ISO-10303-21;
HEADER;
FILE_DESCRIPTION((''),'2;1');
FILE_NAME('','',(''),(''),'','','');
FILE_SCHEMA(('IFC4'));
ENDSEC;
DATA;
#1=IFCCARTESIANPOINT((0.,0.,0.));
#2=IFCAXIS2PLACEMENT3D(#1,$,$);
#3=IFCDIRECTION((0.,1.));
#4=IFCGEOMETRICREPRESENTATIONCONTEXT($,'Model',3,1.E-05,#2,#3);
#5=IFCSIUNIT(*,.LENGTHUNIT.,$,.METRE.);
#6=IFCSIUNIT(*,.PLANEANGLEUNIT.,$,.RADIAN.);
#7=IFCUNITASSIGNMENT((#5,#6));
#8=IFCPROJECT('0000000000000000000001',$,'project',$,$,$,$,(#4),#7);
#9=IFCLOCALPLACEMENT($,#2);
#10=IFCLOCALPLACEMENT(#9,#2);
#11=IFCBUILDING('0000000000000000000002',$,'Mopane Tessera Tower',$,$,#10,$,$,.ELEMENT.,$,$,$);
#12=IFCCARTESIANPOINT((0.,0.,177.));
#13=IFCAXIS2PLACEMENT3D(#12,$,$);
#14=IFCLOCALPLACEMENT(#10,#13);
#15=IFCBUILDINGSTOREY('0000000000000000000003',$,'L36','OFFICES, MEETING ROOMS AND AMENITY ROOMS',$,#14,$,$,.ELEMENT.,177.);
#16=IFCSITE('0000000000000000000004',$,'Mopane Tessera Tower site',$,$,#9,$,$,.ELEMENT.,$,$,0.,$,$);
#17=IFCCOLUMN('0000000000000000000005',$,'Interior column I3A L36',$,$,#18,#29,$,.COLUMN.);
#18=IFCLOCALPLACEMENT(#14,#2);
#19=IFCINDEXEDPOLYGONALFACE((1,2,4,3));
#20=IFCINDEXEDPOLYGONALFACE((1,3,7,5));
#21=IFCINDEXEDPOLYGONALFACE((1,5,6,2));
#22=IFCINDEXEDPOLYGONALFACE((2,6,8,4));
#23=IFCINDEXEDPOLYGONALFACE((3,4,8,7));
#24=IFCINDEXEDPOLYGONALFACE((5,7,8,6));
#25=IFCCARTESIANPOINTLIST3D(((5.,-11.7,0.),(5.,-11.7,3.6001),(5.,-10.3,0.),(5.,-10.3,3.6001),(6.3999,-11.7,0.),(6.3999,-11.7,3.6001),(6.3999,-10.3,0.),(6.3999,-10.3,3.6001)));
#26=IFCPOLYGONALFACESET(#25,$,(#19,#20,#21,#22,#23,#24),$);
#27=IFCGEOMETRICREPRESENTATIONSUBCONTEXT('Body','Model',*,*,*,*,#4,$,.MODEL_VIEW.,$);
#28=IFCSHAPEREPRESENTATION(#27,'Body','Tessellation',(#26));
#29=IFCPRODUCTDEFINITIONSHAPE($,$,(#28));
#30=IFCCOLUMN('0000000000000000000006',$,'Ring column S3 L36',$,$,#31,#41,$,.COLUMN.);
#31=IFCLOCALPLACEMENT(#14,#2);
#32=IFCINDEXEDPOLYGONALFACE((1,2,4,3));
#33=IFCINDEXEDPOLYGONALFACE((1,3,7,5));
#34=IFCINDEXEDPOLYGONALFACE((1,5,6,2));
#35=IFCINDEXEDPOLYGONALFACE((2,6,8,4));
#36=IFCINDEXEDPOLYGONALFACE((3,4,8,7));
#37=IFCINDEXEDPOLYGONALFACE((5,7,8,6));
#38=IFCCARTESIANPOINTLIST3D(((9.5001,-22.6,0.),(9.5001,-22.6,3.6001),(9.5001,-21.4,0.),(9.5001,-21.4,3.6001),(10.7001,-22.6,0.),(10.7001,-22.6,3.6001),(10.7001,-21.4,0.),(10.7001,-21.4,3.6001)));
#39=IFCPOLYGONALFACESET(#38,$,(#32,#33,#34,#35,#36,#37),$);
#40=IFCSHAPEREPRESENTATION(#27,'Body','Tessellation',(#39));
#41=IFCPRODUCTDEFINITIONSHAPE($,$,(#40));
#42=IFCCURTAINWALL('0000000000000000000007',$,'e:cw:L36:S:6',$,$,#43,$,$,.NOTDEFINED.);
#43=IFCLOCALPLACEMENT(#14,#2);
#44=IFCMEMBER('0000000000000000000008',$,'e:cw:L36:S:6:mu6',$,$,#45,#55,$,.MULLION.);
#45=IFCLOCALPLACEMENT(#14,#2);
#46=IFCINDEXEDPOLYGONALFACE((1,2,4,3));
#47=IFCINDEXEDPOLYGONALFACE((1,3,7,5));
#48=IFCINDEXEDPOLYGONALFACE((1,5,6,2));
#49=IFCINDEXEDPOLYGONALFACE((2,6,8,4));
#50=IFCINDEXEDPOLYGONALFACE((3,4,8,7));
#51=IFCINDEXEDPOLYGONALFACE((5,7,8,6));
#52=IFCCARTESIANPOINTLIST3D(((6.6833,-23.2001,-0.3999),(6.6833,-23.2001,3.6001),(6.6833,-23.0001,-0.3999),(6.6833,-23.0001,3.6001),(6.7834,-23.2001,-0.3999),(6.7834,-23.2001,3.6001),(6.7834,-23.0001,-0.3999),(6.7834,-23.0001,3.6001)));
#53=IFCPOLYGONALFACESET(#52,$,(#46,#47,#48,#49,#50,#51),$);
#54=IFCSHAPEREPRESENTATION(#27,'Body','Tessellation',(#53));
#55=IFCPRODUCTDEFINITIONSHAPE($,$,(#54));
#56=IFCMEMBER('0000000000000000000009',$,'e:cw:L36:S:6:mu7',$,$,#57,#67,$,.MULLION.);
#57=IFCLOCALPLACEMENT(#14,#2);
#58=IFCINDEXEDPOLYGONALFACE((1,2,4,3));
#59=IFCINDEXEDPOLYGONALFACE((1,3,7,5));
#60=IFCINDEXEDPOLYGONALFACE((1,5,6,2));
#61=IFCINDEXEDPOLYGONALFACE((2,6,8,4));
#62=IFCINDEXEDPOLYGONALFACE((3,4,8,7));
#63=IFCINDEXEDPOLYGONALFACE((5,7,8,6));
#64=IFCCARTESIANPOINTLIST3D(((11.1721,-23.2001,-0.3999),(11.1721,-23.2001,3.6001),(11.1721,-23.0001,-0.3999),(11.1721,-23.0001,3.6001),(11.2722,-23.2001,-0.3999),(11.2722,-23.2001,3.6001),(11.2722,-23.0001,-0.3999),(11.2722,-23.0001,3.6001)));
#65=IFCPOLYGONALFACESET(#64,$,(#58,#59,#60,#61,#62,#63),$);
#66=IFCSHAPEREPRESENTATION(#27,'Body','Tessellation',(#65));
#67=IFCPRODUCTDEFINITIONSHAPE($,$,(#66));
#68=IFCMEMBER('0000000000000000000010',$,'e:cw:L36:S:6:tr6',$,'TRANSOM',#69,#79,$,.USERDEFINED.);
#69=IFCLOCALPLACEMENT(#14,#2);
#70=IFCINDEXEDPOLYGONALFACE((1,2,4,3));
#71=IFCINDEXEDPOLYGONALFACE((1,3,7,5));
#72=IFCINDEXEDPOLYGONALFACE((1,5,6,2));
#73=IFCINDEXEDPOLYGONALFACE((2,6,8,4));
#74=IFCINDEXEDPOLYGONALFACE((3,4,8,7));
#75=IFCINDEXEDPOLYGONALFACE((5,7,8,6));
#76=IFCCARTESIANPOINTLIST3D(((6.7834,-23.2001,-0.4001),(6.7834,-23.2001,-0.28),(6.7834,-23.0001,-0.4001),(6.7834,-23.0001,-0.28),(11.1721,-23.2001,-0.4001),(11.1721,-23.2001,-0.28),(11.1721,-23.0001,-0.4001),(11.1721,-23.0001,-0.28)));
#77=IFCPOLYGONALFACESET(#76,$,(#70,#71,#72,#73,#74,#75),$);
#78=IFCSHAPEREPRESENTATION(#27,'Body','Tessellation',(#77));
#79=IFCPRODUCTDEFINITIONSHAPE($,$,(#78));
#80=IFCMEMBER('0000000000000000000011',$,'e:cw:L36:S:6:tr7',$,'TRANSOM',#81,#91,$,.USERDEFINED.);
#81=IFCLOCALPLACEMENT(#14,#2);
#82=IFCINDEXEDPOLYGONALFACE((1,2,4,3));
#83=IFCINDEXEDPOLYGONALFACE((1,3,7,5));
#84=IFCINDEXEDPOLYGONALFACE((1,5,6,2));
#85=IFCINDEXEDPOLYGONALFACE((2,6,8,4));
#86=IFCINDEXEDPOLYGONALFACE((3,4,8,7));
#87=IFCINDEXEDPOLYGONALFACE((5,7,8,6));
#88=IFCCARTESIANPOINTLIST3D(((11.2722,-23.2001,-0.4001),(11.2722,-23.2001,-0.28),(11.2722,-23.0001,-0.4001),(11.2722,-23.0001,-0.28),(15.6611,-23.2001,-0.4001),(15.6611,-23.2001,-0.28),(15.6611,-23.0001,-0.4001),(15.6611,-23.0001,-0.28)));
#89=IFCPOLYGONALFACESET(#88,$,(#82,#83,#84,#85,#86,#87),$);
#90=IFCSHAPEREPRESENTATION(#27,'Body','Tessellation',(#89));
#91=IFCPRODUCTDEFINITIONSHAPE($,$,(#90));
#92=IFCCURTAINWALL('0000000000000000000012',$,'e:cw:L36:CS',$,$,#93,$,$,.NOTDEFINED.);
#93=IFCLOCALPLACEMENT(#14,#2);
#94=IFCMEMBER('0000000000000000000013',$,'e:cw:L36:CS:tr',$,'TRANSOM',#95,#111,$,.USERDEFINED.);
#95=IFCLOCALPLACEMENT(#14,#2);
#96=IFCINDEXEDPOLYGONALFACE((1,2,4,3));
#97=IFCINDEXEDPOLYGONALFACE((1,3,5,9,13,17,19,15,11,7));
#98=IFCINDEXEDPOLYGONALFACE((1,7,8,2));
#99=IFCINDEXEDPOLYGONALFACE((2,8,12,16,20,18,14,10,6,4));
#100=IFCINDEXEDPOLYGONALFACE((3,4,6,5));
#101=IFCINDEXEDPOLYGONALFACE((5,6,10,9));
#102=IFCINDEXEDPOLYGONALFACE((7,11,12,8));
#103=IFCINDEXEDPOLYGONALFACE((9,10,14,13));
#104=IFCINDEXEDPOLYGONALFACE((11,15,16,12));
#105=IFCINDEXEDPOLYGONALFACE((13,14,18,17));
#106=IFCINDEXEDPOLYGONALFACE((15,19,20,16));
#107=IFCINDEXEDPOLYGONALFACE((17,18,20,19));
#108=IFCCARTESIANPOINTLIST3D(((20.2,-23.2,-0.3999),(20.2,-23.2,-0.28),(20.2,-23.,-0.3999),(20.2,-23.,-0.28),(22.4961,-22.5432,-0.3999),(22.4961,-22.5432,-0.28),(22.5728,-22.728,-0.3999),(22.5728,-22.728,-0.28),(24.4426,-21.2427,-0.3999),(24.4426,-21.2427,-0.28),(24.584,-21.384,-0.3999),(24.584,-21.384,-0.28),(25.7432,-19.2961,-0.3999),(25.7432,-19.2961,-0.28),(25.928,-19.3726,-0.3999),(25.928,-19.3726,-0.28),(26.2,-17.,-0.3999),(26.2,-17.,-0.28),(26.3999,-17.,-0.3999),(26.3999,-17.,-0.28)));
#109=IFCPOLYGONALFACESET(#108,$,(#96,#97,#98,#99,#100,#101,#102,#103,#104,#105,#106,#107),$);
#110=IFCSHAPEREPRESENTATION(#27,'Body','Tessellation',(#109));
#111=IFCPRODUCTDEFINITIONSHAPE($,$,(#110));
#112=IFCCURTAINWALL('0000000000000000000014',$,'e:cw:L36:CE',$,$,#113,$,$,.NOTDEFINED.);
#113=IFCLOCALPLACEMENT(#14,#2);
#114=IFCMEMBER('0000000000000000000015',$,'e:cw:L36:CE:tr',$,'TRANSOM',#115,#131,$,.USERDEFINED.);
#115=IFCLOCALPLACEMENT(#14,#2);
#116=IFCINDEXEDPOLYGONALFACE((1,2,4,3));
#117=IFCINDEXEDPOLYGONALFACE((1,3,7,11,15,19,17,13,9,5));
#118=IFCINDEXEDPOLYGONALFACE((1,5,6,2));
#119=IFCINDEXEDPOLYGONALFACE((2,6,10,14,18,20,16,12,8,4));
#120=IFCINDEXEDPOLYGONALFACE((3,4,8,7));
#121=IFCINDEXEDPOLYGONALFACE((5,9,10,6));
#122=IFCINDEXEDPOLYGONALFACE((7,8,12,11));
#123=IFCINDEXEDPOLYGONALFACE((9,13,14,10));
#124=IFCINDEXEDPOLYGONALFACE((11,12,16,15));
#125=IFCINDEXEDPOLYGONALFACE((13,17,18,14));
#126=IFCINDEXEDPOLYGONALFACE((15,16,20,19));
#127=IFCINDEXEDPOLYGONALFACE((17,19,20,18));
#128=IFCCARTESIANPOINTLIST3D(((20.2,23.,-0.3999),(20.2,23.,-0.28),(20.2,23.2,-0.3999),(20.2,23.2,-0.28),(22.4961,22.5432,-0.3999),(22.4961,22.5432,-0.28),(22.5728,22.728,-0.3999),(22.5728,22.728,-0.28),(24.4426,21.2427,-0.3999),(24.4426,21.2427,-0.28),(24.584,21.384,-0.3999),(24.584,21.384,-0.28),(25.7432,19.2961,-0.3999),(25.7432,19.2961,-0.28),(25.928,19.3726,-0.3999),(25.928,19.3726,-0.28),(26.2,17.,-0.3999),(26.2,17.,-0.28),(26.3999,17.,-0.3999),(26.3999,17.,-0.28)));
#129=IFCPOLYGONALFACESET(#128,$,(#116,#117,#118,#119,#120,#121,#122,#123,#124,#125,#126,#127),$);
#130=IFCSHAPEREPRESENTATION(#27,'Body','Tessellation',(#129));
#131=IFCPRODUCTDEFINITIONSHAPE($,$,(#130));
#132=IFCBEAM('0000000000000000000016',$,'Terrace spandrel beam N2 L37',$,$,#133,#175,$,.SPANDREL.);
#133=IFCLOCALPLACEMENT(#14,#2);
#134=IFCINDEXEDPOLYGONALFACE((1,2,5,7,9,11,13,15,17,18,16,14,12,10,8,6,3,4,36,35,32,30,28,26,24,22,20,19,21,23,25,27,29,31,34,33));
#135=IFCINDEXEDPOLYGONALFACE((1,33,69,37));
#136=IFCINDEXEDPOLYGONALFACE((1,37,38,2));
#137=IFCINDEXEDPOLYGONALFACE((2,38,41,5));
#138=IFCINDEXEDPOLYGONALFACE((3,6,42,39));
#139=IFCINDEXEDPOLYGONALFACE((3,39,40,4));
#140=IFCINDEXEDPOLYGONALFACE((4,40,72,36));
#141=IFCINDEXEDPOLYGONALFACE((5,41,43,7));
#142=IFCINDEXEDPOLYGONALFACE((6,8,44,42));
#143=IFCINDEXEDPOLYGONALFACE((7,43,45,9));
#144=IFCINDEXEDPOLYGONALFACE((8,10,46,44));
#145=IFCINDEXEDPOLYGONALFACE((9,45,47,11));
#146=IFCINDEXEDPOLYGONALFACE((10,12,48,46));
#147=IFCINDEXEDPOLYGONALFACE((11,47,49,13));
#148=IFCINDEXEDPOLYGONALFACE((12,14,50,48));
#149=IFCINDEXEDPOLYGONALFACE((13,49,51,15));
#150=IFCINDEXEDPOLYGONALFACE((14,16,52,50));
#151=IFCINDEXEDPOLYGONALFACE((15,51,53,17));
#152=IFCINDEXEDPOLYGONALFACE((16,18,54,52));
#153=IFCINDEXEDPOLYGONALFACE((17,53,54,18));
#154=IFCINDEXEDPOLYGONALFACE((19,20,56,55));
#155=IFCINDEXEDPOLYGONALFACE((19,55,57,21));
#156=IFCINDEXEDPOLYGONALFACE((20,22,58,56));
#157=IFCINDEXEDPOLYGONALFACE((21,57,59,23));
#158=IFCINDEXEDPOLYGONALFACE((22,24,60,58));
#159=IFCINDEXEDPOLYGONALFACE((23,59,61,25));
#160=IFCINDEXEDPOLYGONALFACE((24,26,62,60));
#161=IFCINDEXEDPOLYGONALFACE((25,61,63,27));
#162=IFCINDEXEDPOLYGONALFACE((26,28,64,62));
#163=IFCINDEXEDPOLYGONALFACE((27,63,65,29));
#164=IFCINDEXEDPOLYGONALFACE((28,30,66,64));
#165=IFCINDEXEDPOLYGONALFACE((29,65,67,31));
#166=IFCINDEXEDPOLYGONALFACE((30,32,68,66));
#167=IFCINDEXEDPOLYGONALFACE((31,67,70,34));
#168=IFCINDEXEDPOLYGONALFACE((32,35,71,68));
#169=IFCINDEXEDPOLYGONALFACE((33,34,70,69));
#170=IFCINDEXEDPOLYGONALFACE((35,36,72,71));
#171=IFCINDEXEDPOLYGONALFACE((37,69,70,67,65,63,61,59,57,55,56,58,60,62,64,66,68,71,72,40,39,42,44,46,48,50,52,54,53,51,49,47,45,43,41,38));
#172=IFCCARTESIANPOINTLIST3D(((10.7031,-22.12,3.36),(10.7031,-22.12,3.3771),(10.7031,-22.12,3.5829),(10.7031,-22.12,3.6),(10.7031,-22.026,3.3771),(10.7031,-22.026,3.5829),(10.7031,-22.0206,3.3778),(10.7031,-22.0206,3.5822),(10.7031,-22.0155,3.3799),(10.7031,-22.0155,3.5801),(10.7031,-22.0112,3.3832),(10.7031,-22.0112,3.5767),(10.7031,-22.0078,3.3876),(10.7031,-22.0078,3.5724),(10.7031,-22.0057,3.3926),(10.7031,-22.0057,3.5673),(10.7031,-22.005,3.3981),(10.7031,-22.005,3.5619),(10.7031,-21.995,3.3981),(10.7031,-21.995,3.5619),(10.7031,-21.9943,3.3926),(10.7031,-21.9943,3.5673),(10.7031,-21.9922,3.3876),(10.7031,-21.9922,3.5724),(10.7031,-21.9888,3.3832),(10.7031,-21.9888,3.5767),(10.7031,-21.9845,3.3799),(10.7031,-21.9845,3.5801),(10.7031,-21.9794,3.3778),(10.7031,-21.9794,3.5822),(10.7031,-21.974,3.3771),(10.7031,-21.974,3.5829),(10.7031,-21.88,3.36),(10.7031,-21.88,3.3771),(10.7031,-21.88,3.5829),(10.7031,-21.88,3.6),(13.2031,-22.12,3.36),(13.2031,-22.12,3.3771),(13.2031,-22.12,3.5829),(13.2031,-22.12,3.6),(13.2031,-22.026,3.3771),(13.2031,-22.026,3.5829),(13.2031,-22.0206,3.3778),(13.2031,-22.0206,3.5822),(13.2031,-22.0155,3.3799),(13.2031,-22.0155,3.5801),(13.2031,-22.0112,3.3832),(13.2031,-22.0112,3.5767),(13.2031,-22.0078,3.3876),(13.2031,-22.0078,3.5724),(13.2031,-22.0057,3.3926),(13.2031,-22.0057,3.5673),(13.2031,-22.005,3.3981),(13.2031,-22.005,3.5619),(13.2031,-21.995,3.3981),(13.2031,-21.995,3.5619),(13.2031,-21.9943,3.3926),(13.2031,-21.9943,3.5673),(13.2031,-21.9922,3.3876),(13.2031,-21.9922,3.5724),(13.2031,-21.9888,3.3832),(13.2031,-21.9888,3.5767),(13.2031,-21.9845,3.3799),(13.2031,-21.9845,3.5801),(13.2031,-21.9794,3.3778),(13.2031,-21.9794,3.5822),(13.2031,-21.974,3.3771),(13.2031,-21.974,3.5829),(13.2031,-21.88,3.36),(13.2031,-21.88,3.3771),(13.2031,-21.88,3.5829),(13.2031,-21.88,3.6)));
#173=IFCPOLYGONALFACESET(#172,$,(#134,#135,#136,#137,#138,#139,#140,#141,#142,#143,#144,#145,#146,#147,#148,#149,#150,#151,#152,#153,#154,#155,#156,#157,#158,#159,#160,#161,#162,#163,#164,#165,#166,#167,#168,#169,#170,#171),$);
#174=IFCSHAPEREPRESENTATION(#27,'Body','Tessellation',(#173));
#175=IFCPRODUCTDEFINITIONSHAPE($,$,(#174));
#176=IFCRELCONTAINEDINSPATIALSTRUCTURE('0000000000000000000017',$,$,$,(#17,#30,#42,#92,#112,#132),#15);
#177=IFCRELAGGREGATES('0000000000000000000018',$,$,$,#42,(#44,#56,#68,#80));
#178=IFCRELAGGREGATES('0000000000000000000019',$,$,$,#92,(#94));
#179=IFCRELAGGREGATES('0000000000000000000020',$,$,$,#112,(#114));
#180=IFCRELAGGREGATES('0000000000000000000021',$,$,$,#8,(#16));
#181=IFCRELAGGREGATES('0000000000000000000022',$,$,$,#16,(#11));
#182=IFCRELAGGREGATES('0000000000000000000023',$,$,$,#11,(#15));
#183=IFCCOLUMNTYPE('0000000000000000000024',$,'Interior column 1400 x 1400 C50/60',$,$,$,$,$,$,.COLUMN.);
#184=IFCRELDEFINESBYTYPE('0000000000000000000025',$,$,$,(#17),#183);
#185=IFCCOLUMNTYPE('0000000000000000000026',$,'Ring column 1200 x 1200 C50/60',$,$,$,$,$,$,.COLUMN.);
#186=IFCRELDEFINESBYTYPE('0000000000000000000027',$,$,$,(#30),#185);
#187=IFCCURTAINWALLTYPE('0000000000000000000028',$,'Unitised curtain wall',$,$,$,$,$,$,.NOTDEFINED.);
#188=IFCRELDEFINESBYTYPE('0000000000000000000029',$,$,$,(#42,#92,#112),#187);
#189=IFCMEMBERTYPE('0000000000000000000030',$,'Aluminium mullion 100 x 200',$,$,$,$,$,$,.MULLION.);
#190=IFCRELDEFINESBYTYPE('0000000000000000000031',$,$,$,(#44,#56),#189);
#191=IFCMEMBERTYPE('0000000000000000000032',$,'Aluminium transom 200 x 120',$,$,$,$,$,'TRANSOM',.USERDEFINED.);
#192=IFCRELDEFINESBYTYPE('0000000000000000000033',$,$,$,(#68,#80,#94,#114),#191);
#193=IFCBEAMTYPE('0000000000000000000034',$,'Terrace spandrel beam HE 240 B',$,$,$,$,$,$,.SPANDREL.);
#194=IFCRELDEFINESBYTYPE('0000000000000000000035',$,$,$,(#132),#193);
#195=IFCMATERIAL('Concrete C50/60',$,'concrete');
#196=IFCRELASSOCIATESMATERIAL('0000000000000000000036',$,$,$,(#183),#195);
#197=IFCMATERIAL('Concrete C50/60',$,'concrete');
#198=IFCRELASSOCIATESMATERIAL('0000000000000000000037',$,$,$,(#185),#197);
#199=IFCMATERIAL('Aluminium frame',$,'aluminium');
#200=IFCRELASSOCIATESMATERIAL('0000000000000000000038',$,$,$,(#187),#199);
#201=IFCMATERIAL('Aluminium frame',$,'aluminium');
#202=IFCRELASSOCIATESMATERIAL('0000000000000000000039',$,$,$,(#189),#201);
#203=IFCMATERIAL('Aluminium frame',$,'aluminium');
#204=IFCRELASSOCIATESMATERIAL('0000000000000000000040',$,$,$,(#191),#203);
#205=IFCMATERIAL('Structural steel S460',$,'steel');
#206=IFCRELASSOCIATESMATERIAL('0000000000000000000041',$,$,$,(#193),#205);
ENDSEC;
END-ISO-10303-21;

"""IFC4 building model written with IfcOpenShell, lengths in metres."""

from ifc_helpers import new_model, si_unit, direction, frame, origin, origin_2d, place, context, subcontext, project, spatial, polyline, rectangle, i_section, outline, extrude, material, material_profile, profile_set, type_object, element, aggregate, save


model = new_model("IFC4")

# Units and contexts
model_context = context("Model", 3, precision=1e-05, world=origin(), true_north=direction((0.0, 1.0)))
body_context = subcontext(model_context, "Body", "Model", "MODEL_VIEW")
ifc_project = project(units=[si_unit("LENGTHUNIT", "METRE"), si_unit("PLANEANGLEUNIT", "RADIAN")], contexts=[model_context])

# Site, building, storey
site_placement = place(None, origin())
site = spatial("IfcSite", under=ifc_project, at=site_placement, Name="Mopane Tessera Tower site", CompositionType="ELEMENT", RefElevation=0.0)
building_placement = place(site_placement, origin())
building = spatial("IfcBuilding", under=site, at=building_placement, Name="Mopane Tessera Tower", CompositionType="ELEMENT")
storey_placement = place(building_placement, frame((0.0, 0.0, 177.0)))
storey = spatial("IfcBuildingStorey", under=building, at=storey_placement, Name="L36", Description="OFFICES, MEETING ROOMS AND AMENITY ROOMS", CompositionType="ELEMENT", Elevation=177.0)

# Columns
ifc_material_1 = material(Name="Concrete C50/60", Category="concrete")
ifc_material_profile_1 = material_profile(ifc_material_1, rectangle(XDim=1.3999, YDim=1.3999, at=origin_2d()))
ifc_profile_set_1 = profile_set([ifc_material_profile_1], Name="Concrete C50/60")
column_type_1 = type_object("IfcColumnType", Name="Interior column 1400 x 1400 C50/60", PredefinedType="COLUMN", material=ifc_profile_set_1)
column_1_placement = place(storey_placement, frame((5.7, -11.0, 0.0), z_axis=(0.0, 0.0, 1.0), x_axis=(1.0, 0.0, 0.0)))
element("IfcColumn", 1, at=column_1_placement, inside=storey, type_object=column_type_1, Name="Interior column I3A L36", PredefinedType="COLUMN", context=body_context, shape_type="SweptSolid", body=[
    extrude(rectangle(XDim=1.3999, YDim=1.3999, at=origin_2d()), origin(), (0.0, 0.0, 1.0), 3.6001),
])
ifc_material_2 = material(Name="Concrete C50/60", Category="concrete")
ifc_material_profile_2 = material_profile(ifc_material_2, rectangle(XDim=1.2, YDim=1.2, at=origin_2d()))
ifc_profile_set_2 = profile_set([ifc_material_profile_2], Name="Concrete C50/60")
column_type_2 = type_object("IfcColumnType", Name="Ring column 1200 x 1200 C50/60", PredefinedType="COLUMN", material=ifc_profile_set_2)
column_2_placement = place(storey_placement, frame((10.1001, -22.0, 0.0), z_axis=(0.0, 0.0, 1.0), x_axis=(1.0, 0.0, 0.0)))
element("IfcColumn", 2, at=column_2_placement, inside=storey, type_object=column_type_2, Name="Ring column S3 L36", PredefinedType="COLUMN", context=body_context, shape_type="SweptSolid", body=[
    extrude(rectangle(XDim=1.2, YDim=1.2, at=origin_2d()), origin(), (0.0, 0.0, 1.0), 3.6001),
])

# Curtain wall, members
ifc_material_3 = material(Name="Aluminium frame", Category="aluminium")
curtain_wall_type = type_object("IfcCurtainWallType", Name="Unitised curtain wall", PredefinedType="NOTDEFINED", material=ifc_material_3)
curtain_wall_1_placement = place(storey_placement, origin())
curtain_wall_1 = element("IfcCurtainWall", 3, at=curtain_wall_1_placement, inside=storey, type_object=curtain_wall_type, Name="e:cw:L36:S:6", PredefinedType="NOTDEFINED")
ifc_material_4 = material(Name="Aluminium frame", Category="aluminium")
ifc_material_profile_3 = material_profile(ifc_material_4, rectangle(XDim=0.1001, YDim=0.2, at=origin_2d()))
ifc_profile_set_3 = profile_set([ifc_material_profile_3], Name="Aluminium frame")
member_type_1 = type_object("IfcMemberType", Name="Aluminium mullion 100 x 200", PredefinedType="MULLION", material=ifc_profile_set_3)
member_1_placement = place(storey_placement, frame((6.7334, -23.1001, -0.3999), z_axis=(0.0, 0.0, 1.0), x_axis=(1.0, 0.0, 0.0)))
member_1 = element("IfcMember", 4, at=member_1_placement, type_object=member_type_1, Name="e:cw:L36:S:6:mu6", PredefinedType="MULLION", context=body_context, shape_type="SweptSolid", body=[
    extrude(rectangle(XDim=0.1001, YDim=0.2, at=origin_2d()), origin(), (0.0, 0.0, 1.0), 4.0),
])
member_2_placement = place(storey_placement, frame((11.2222, -23.1001, -0.3999), z_axis=(0.0, 0.0, 1.0), x_axis=(1.0, 0.0, 0.0)))
member_2 = element("IfcMember", 5, at=member_2_placement, type_object=member_type_1, Name="e:cw:L36:S:6:mu7", PredefinedType="MULLION", context=body_context, shape_type="SweptSolid", body=[
    extrude(rectangle(XDim=0.1001, YDim=0.2, at=origin_2d()), origin(), (0.0, 0.0, 1.0), 4.0),
])
ifc_material_5 = material(Name="Aluminium frame", Category="aluminium")
ifc_material_profile_4 = material_profile(ifc_material_5, rectangle(XDim=0.2, YDim=0.1201, at=origin_2d()))
ifc_profile_set_4 = profile_set([ifc_material_profile_4], Name="Aluminium frame")
member_type_2 = type_object("IfcMemberType", Name="Aluminium transom 200 x 120", ElementType="TRANSOM", PredefinedType="USERDEFINED", material=ifc_profile_set_4)
member_3_placement = place(storey_placement, frame((6.7834, -23.1001, -0.3401), z_axis=(1.0, 0.0, 0.0), x_axis=(0.0, 1.0, 0.0)))
member_3 = element("IfcMember", 6, at=member_3_placement, type_object=member_type_2, Name="e:cw:L36:S:6:tr6", ObjectType="TRANSOM", PredefinedType="USERDEFINED", context=body_context, shape_type="SweptSolid", body=[
    extrude(rectangle(XDim=0.2, YDim=0.1201, at=origin_2d()), origin(), (0.0, 0.0, 1.0), 4.3887),
])
member_4_placement = place(storey_placement, frame((11.2722, -23.1001, -0.3401), z_axis=(1.0, 0.0, 0.0), x_axis=(0.0, 1.0, 0.0)))
member_4 = element("IfcMember", 7, at=member_4_placement, type_object=member_type_2, Name="e:cw:L36:S:6:tr7", ObjectType="TRANSOM", PredefinedType="USERDEFINED", context=body_context, shape_type="SweptSolid", body=[
    extrude(rectangle(XDim=0.2, YDim=0.1201, at=origin_2d()), origin(), (0.0, 0.0, 1.0), 4.3889),
])

# Curtain walls, members
curtain_wall_2_placement = place(storey_placement, origin())
curtain_wall_2 = element("IfcCurtainWall", 8, at=curtain_wall_2_placement, inside=storey, type_object=curtain_wall_type, Name="e:cw:L36:CS", PredefinedType="NOTDEFINED")
member_5_placement = place(storey_placement, frame((0.0, 0.0, -0.3999)))
member_5 = element("IfcMember", 9, at=member_5_placement, type_object=member_type_2, Name="e:cw:L36:CS:tr", ObjectType="TRANSOM", PredefinedType="USERDEFINED", context=body_context, shape_type="SweptSolid", body=[
    extrude(outline(polyline([(20.2, -23.0), (22.4961, -22.5432), (24.4426, -21.2427), (25.7432, -19.2961), (26.2, -17.0), (26.3999, -17.0), (25.928, -19.3726), (24.584, -21.384), (22.5728, -22.728), (20.2, -23.2), (20.2, -23.0)])), origin(), (0.0, 0.0, 1.0), 0.1199),
])
curtain_wall_3_placement = place(storey_placement, origin())
curtain_wall_3 = element("IfcCurtainWall", 10, at=curtain_wall_3_placement, inside=storey, type_object=curtain_wall_type, Name="e:cw:L36:CE", PredefinedType="NOTDEFINED")
member_6_placement = place(storey_placement, frame((0.0, 0.0, -0.3999)))
member_6 = element("IfcMember", 11, at=member_6_placement, type_object=member_type_2, Name="e:cw:L36:CE:tr", ObjectType="TRANSOM", PredefinedType="USERDEFINED", context=body_context, shape_type="SweptSolid", body=[
    extrude(outline(polyline([(26.2, 17.0), (25.7432, 19.2961), (24.4426, 21.2427), (22.4961, 22.5432), (20.2, 23.0), (20.2, 23.2), (22.5728, 22.728), (24.584, 21.384), (25.928, 19.3726), (26.3999, 17.0), (26.2, 17.0)])), origin(), (0.0, 0.0, 1.0), 0.1199),
])

# Beam
ifc_material_6 = material(Name="Structural steel S460", Category="steel")
ifc_material_profile_5 = material_profile(ifc_material_6, i_section(OverallWidth=0.24, OverallDepth=0.24, WebThickness=0.01, FlangeThickness=0.0171, FilletRadius=0.021, at=origin_2d()))
ifc_profile_set_5 = profile_set([ifc_material_profile_5], Name="Structural steel S460")
beam_type_1 = type_object("IfcBeamType", Name="Terrace spandrel beam HE 240 B", PredefinedType="SPANDREL", material=ifc_profile_set_5)
beam_1_placement = place(storey_placement, frame((10.7031, -22.0, 3.48), z_axis=(1.0, 0.0, 0.0), x_axis=(0.0, 1.0, 0.0)))
element("IfcBeam", 12, at=beam_1_placement, inside=storey, type_object=beam_type_1, Name="Terrace spandrel beam N2 L37", PredefinedType="SPANDREL", context=body_context, shape_type="SweptSolid", body=[
    extrude(i_section(OverallWidth=0.24, OverallDepth=0.24, WebThickness=0.01, FlangeThickness=0.0171, FilletRadius=0.021, at=origin_2d()), origin(), (0.0, 0.0, 1.0), 2.5),
])

aggregate(curtain_wall_1, [member_1, member_2, member_3, member_4])
aggregate(curtain_wall_2, [member_5])
aggregate(curtain_wall_3, [member_6])

save(model, "model.ifc")
